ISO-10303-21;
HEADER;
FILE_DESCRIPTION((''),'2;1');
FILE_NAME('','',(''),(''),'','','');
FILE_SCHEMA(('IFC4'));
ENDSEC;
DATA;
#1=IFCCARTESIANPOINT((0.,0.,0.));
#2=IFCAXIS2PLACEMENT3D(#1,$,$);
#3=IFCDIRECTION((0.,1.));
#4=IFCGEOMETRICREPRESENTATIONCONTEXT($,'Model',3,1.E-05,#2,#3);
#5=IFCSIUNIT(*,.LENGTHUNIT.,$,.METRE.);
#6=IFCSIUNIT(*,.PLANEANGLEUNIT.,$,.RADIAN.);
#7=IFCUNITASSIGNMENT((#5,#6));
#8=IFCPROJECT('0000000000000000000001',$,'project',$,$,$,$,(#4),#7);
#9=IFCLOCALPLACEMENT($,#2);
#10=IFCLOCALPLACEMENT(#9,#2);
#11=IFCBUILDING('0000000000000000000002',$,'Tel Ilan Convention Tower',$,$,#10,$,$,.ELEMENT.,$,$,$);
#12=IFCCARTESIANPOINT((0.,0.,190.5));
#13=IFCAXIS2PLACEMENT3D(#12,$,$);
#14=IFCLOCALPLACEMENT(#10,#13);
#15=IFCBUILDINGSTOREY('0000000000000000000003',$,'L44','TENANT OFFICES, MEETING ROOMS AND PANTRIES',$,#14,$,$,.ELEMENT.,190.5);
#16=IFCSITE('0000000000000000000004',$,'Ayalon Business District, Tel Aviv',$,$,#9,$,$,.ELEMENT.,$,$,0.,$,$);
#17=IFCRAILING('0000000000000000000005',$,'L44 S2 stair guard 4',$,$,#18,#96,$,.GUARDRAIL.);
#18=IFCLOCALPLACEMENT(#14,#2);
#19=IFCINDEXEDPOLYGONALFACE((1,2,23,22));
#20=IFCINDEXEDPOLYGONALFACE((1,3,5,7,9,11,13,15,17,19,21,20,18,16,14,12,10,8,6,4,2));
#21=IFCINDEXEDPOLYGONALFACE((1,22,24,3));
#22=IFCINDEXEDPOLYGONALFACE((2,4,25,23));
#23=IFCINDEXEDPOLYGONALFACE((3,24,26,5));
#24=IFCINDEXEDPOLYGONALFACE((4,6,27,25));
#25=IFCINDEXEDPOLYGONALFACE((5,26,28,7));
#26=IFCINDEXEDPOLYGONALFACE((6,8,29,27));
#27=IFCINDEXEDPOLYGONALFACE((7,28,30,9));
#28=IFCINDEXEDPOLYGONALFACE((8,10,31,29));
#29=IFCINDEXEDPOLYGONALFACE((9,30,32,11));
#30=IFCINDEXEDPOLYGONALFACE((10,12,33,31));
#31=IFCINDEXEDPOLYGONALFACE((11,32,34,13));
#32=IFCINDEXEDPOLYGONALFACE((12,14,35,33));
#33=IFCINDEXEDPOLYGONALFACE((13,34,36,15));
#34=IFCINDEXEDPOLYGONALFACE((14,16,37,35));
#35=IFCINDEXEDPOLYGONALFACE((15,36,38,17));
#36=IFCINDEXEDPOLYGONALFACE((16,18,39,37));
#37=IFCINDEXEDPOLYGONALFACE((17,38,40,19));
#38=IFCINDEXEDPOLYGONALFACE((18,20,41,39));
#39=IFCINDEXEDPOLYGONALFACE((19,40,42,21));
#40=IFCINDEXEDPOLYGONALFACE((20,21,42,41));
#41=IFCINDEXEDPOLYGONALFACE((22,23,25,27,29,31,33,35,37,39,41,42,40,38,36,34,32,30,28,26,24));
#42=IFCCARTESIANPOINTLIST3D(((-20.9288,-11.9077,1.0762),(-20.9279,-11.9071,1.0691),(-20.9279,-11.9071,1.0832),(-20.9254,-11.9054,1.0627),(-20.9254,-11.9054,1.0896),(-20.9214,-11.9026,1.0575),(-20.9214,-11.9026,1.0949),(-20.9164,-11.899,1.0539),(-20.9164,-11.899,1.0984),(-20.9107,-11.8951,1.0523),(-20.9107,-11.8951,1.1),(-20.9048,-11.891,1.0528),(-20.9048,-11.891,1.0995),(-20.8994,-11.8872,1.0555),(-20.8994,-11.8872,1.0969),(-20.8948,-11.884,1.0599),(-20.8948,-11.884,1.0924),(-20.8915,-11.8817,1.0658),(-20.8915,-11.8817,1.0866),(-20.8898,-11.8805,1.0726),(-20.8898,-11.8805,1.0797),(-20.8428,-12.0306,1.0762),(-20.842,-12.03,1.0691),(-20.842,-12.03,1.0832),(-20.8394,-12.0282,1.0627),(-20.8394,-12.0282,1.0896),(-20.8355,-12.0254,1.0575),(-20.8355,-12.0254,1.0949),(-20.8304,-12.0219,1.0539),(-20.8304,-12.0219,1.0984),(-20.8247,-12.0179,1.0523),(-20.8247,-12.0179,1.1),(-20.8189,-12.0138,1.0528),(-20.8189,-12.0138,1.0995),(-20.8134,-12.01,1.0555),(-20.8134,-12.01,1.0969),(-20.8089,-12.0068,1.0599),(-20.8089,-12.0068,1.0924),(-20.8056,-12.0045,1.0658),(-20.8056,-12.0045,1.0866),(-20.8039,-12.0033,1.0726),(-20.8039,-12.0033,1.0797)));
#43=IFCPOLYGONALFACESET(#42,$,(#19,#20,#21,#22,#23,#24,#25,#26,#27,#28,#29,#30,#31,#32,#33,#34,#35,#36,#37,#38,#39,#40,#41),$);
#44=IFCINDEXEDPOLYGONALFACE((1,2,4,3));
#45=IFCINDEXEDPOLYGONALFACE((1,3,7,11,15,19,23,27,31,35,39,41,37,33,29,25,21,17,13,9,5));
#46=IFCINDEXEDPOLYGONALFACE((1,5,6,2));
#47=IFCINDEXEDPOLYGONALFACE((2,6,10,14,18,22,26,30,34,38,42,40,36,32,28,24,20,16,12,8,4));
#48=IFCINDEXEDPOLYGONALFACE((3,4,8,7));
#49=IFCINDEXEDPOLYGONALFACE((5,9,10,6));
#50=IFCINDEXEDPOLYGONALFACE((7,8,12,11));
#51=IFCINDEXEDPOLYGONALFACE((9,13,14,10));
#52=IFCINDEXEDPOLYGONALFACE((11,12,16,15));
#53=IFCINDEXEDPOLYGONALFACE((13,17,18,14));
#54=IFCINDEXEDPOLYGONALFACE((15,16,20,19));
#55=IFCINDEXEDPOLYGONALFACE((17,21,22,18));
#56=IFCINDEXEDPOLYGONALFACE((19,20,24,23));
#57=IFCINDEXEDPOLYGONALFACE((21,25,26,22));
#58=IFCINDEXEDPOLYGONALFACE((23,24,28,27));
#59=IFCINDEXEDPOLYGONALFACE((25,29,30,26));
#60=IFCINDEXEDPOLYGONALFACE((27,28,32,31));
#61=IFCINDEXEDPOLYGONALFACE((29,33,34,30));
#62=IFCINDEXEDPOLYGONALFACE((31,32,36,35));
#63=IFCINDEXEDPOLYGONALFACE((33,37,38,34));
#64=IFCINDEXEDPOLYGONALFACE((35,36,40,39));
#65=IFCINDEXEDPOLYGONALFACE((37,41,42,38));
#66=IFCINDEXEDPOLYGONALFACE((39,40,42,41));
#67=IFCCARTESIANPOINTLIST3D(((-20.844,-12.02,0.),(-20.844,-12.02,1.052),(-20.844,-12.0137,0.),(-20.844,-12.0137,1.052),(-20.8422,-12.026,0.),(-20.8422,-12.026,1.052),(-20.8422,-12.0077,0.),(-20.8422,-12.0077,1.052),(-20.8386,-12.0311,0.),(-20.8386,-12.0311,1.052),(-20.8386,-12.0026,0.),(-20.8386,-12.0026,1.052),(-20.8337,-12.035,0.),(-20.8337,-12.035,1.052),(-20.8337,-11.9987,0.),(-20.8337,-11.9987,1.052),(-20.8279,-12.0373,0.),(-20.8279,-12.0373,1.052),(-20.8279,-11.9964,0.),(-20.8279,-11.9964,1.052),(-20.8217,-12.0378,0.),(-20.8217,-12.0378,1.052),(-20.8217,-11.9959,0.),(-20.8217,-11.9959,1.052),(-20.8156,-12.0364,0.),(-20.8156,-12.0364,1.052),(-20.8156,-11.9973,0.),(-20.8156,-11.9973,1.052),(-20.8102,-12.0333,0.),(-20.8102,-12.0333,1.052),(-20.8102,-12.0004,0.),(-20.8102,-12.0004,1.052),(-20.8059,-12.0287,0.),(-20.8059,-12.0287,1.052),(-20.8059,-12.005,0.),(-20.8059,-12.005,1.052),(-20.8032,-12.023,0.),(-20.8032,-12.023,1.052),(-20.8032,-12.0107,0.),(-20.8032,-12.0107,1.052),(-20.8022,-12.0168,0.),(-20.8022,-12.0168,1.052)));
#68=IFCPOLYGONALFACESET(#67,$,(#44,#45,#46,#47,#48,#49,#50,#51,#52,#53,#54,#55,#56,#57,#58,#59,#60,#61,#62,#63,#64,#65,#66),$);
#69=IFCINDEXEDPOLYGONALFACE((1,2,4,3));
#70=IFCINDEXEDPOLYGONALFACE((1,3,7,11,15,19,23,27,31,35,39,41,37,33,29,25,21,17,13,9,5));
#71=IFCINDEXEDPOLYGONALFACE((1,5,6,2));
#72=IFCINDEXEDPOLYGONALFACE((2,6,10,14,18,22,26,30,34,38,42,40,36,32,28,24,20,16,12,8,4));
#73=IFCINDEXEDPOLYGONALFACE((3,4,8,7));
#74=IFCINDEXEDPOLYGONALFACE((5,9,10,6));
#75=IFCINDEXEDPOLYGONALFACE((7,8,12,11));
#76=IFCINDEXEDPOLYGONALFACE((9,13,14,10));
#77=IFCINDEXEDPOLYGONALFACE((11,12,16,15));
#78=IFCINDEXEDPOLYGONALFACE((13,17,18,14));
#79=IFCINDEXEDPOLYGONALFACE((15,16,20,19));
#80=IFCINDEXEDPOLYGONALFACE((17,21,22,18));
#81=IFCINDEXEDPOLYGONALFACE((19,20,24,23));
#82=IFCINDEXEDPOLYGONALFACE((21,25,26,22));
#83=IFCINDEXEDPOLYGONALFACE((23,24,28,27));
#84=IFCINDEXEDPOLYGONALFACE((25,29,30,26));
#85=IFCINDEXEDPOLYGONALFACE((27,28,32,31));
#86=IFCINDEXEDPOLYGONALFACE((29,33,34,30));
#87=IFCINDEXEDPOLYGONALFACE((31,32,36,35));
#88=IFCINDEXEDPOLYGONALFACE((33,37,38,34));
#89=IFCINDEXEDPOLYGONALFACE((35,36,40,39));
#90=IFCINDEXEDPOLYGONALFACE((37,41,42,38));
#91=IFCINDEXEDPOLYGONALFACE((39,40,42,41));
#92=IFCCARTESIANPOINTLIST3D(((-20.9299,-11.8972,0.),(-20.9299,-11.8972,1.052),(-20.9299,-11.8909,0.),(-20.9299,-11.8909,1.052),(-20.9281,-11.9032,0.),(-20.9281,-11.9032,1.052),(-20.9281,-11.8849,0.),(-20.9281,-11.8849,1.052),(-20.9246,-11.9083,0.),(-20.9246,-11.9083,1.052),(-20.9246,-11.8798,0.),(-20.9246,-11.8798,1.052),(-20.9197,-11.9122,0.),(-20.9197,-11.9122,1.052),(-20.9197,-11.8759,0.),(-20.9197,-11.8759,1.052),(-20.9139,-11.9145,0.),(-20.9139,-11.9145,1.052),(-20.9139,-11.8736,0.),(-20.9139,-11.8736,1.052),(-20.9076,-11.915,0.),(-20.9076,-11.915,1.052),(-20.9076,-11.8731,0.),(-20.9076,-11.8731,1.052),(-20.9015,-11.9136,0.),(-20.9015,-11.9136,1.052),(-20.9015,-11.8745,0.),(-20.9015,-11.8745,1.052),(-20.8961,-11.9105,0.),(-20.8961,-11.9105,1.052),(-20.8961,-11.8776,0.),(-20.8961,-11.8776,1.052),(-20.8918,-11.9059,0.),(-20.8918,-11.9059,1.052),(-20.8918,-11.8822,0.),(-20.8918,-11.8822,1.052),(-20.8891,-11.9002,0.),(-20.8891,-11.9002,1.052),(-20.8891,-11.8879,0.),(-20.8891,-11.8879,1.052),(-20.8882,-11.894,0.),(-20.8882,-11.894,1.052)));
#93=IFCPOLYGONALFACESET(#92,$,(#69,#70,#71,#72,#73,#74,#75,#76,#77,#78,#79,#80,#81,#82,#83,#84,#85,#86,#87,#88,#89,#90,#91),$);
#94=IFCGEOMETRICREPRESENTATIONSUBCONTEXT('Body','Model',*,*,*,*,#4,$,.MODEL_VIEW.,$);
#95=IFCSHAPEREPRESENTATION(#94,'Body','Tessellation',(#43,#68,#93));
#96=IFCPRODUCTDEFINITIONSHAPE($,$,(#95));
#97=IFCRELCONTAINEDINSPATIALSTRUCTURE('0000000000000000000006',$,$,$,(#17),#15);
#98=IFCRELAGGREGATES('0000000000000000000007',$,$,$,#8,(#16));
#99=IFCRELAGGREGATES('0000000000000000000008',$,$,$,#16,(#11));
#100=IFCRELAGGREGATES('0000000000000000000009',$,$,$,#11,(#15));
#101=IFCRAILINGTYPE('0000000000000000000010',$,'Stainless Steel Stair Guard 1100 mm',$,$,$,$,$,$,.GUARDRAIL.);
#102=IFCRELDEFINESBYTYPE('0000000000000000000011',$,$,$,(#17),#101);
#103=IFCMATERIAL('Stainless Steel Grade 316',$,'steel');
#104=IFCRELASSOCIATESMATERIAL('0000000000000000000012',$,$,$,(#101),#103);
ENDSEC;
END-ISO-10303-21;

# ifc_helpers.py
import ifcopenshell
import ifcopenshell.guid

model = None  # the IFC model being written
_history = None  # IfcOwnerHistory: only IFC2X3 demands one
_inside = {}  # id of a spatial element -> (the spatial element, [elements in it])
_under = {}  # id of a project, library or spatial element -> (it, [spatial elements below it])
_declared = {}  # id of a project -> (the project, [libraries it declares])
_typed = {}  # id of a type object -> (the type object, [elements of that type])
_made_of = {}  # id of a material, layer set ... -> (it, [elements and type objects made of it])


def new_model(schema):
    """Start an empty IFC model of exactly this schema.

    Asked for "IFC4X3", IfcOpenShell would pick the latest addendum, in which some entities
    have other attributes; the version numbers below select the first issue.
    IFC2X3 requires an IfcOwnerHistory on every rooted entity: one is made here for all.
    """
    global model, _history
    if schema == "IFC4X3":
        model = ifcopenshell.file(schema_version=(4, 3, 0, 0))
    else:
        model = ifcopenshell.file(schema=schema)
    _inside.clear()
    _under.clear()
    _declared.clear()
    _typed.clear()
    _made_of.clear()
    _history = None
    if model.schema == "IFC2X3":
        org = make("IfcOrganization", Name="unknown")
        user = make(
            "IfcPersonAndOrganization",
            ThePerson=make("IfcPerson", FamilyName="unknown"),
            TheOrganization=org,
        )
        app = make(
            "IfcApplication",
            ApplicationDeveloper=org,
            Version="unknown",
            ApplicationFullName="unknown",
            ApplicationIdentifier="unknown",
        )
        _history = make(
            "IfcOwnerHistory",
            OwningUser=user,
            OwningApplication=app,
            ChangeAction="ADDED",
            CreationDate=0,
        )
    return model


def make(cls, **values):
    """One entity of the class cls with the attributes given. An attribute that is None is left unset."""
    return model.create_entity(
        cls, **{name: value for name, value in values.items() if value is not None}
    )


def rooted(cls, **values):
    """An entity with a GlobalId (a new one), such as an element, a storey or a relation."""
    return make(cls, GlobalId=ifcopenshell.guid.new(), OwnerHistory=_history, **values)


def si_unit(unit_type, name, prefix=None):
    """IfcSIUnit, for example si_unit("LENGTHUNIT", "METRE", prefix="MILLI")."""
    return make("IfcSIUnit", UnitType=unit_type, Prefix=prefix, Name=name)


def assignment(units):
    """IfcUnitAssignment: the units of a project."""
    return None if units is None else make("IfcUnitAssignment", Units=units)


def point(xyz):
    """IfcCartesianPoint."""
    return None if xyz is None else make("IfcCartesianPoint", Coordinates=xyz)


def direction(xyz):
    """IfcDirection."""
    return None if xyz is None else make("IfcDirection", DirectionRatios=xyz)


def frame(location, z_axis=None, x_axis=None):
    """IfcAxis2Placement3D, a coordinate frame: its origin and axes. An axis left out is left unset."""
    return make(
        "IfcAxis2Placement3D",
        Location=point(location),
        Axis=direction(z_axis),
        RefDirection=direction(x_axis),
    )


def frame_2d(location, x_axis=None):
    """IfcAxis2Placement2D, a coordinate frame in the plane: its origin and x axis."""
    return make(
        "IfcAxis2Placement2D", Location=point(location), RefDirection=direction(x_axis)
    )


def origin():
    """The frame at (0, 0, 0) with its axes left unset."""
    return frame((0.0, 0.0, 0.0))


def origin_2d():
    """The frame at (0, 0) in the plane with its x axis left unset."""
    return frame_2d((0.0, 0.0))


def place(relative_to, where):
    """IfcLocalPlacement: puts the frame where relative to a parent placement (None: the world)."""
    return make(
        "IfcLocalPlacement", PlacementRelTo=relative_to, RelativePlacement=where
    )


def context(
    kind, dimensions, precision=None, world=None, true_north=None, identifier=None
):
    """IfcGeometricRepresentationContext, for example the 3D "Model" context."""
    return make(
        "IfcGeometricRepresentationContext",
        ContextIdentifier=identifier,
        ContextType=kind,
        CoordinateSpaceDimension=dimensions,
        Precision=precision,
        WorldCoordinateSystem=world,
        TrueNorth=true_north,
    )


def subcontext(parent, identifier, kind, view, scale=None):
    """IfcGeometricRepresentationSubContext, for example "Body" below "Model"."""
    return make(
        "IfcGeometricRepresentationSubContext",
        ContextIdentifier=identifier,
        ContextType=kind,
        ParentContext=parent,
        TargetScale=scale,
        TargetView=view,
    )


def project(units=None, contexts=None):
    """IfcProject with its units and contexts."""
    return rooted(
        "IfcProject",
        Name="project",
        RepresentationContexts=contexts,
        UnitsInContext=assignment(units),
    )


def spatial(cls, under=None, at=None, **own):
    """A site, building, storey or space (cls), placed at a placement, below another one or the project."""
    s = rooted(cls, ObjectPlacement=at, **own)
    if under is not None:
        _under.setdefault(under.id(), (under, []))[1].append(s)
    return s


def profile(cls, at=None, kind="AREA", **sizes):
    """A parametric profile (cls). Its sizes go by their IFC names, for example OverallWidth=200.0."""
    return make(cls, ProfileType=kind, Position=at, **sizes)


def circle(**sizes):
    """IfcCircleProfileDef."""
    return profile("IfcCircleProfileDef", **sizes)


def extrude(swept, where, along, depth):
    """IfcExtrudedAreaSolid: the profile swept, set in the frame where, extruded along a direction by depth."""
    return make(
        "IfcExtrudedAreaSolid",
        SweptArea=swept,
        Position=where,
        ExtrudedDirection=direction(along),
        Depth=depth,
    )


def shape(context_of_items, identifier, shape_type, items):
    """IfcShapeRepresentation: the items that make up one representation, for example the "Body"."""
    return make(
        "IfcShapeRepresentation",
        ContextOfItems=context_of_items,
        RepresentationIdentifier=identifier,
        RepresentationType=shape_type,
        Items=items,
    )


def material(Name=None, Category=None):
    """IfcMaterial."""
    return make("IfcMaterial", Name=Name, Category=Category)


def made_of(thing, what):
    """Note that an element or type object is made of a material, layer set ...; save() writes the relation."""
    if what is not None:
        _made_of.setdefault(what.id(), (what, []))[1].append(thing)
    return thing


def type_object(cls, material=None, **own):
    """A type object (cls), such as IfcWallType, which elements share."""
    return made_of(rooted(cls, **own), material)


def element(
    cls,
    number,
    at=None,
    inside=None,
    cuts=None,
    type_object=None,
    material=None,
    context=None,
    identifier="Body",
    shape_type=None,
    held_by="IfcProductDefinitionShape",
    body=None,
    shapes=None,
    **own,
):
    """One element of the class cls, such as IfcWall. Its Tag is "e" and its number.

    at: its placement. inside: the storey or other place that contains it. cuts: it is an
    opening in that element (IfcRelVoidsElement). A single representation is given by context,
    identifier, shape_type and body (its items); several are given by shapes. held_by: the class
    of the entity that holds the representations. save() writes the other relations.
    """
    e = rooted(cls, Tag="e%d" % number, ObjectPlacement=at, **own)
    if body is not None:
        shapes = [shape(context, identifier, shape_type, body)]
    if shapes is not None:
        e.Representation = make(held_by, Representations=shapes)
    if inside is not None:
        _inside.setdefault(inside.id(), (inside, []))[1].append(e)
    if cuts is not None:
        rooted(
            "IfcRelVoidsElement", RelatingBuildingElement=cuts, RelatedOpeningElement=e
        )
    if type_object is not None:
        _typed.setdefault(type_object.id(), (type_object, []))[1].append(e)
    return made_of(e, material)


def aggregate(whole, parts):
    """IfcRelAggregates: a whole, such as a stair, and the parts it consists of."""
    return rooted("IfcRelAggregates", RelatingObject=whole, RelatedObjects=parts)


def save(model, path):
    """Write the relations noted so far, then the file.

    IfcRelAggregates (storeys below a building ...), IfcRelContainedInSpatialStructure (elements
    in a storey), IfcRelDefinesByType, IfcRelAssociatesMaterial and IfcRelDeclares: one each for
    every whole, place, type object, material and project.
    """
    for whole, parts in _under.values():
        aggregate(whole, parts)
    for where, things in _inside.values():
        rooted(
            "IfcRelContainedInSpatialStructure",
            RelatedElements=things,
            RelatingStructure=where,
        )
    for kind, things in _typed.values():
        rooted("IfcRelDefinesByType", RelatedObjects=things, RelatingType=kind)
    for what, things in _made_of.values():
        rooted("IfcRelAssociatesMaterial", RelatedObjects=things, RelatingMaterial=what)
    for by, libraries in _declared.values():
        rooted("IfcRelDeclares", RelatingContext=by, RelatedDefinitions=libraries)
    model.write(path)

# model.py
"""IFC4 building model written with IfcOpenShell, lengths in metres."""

from ifc_helpers import new_model, si_unit, direction, frame, origin, origin_2d, place, context, subcontext, project, spatial, circle, extrude, material, type_object, element, save


model = new_model("IFC4")

# Units and contexts
model_context = context("Model", 3, precision=1e-05, world=origin(), true_north=direction((0.0, 1.0)))
body_context = subcontext(model_context, "Body", "Model", "MODEL_VIEW")
ifc_project = project(units=[si_unit("LENGTHUNIT", "METRE"), si_unit("PLANEANGLEUNIT", "RADIAN")], contexts=[model_context])

# Site, building, storey
site_placement = place(None, origin())
site = spatial("IfcSite", under=ifc_project, at=site_placement, Name="Ayalon Business District, Tel Aviv", CompositionType="ELEMENT", RefElevation=0.0)
building_placement = place(site_placement, origin())
building = spatial("IfcBuilding", under=site, at=building_placement, Name="Tel Ilan Convention Tower", CompositionType="ELEMENT")
storey_placement = place(building_placement, frame((0.0, 0.0, 190.5)))
storey = spatial("IfcBuildingStorey", under=building, at=storey_placement, Name="L44", Description="TENANT OFFICES, MEETING ROOMS AND PANTRIES", CompositionType="ELEMENT", Elevation=190.5)

# Railing
ifc_material_1 = material(Name="Stainless Steel Grade 316", Category="steel")
railing_type_1 = type_object("IfcRailingType", Name="Stainless Steel Stair Guard 1100 mm", PredefinedType="GUARDRAIL", material=ifc_material_1)
railing_1_placement = place(storey_placement, frame((-20.8232, -12.0168, 0.0)))
element("IfcRailing", 1, at=railing_1_placement, inside=storey, type_object=railing_type_1, Name="L44 S2 stair guard 4", PredefinedType="GUARDRAIL", context=body_context, shape_type="SweptSolid", body=[
    extrude(circle(Radius=0.0239, at=origin_2d()), frame((0.0, 0.0, 1.0762), z_axis=(-0.573353, 0.819308, 0.0), x_axis=(-0.819308, -0.573353, 0.0)), (0.0, 0.0, 1.0), 0.1499),
    extrude(circle(Radius=0.021, at=origin_2d()), origin(), (0.0, 0.0, 1.0), 1.052),
    extrude(circle(Radius=0.021, at=origin_2d()), frame((-0.0859, 0.1228, 0.0)), (0.0, 0.0, 1.0), 1.052),
])

save(model, "model.ifc")
